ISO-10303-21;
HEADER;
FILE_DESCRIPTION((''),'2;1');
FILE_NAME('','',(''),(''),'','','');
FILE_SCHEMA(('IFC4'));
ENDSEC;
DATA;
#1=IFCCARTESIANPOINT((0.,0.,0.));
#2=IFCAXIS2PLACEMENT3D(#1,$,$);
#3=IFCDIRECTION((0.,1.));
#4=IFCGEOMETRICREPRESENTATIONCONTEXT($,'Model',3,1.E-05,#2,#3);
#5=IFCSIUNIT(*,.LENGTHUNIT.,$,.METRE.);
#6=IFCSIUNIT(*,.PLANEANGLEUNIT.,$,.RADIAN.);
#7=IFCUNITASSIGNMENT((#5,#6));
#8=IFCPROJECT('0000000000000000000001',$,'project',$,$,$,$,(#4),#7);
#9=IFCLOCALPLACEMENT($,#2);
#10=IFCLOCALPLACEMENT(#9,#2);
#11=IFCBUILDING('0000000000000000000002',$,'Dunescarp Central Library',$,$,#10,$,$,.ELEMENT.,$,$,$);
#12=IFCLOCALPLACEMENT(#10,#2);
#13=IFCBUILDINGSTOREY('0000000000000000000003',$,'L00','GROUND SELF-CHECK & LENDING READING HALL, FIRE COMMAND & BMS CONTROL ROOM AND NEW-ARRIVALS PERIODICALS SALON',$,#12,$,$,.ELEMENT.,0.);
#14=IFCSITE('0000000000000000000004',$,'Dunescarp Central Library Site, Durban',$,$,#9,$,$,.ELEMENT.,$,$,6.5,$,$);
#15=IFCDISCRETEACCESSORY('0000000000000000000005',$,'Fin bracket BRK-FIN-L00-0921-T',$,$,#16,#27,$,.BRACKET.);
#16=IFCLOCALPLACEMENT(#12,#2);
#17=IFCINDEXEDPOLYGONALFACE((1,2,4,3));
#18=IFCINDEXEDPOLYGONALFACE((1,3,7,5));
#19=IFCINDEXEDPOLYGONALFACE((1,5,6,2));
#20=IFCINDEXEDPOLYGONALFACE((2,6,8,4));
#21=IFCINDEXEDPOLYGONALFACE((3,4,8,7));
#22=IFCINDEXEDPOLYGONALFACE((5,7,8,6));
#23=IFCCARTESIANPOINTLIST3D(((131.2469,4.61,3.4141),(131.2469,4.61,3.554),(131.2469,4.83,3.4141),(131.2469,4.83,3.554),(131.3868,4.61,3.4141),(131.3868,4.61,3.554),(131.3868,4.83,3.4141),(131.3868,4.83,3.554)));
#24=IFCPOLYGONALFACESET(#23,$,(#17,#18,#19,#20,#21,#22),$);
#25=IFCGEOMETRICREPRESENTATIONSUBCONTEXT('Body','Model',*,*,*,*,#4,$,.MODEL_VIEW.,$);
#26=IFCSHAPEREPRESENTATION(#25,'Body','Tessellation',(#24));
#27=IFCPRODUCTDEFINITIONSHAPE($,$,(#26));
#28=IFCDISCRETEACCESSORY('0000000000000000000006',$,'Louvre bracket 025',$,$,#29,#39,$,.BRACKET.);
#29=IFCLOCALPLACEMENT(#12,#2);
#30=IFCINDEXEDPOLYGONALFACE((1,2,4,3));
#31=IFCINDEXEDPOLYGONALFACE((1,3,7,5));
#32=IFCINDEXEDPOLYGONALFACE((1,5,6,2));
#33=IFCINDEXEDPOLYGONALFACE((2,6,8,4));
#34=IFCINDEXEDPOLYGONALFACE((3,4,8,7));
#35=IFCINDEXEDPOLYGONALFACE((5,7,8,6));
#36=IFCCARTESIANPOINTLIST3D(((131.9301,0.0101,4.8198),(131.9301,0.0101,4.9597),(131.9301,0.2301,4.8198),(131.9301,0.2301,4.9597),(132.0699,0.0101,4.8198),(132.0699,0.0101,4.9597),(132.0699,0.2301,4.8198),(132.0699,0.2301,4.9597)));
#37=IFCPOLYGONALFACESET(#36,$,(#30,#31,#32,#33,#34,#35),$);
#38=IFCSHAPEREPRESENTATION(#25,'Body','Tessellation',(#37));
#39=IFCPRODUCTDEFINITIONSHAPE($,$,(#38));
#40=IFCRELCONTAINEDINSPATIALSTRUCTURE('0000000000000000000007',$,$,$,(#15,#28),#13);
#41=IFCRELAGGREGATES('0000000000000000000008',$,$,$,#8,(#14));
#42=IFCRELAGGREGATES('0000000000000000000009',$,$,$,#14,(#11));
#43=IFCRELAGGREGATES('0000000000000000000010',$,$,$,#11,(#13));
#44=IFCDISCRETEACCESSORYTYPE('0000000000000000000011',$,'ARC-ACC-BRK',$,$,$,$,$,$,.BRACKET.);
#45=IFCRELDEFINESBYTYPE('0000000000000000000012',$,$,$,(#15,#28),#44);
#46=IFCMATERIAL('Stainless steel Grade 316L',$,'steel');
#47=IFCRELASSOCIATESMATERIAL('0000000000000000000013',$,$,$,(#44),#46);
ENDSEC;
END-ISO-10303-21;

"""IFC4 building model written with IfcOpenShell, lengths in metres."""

from ifc_helpers import new_model, si_unit, direction, frame, origin, origin_2d, place, context, subcontext, project, spatial, rectangle, extrude, material, type_object, element, save


model = new_model("IFC4")

# Units and contexts
model_context = context("Model", 3, precision=1e-05, world=origin(), true_north=direction((0.0, 1.0)))
body_context = subcontext(model_context, "Body", "Model", "MODEL_VIEW")
ifc_project = project(units=[si_unit("LENGTHUNIT", "METRE"), si_unit("PLANEANGLEUNIT", "RADIAN")], contexts=[model_context])

# Site, building, storey
site_placement = place(None, origin())
site = spatial("IfcSite", under=ifc_project, at=site_placement, Name="Dunescarp Central Library Site, Durban", CompositionType="ELEMENT", RefElevation=6.5)
building_placement = place(site_placement, origin())
building = spatial("IfcBuilding", under=site, at=building_placement, Name="Dunescarp Central Library", CompositionType="ELEMENT")
storey_placement = place(building_placement, origin())
storey = spatial("IfcBuildingStorey", under=building, at=storey_placement, Name="L00", Description="GROUND SELF-CHECK & LENDING READING HALL, FIRE COMMAND & BMS CONTROL ROOM AND NEW-ARRIVALS PERIODICALS SALON", CompositionType="ELEMENT", Elevation=0.0)

# Discrete accessories
ifc_material_1 = material(Name="Stainless steel Grade 316L", Category="steel")
discrete_accessory_type = type_object("IfcDiscreteAccessoryType", Name="ARC-ACC-BRK", PredefinedType="BRACKET", material=ifc_material_1)
for number, where, z_axis, x_axis, name in (
    (1, (131.3169, 4.72, 3.4141), (0.0, 0.0, 1.0), (0.0, -1.0, 0.0), "Fin bracket BRK-FIN-L00-0921-T"),
):
    element("IfcDiscreteAccessory", number, at=place(storey_placement, frame(where, z_axis=z_axis, x_axis=x_axis)), inside=storey, type_object=discrete_accessory_type, Name=name, PredefinedType="BRACKET", context=body_context, shape_type="SweptSolid", body=[
        extrude(rectangle(XDim=0.22, YDim=0.1399, at=origin_2d()), origin(), (0.0, 0.0, 1.0), 0.1399),
    ])
discrete_accessory_placement = place(storey_placement, frame((132.0, 0.1201, 4.8198), z_axis=(0.0, 0.0, 1.0), x_axis=(1.0, 0.0, 0.0)))
element("IfcDiscreteAccessory", 2, at=discrete_accessory_placement, inside=storey, type_object=discrete_accessory_type, Name="Louvre bracket 025", PredefinedType="BRACKET", context=body_context, shape_type="SweptSolid", body=[
    extrude(rectangle(XDim=0.1399, YDim=0.22, at=origin_2d()), origin(), (0.0, 0.0, 1.0), 0.1399),
])

save(model, "model.ifc")
